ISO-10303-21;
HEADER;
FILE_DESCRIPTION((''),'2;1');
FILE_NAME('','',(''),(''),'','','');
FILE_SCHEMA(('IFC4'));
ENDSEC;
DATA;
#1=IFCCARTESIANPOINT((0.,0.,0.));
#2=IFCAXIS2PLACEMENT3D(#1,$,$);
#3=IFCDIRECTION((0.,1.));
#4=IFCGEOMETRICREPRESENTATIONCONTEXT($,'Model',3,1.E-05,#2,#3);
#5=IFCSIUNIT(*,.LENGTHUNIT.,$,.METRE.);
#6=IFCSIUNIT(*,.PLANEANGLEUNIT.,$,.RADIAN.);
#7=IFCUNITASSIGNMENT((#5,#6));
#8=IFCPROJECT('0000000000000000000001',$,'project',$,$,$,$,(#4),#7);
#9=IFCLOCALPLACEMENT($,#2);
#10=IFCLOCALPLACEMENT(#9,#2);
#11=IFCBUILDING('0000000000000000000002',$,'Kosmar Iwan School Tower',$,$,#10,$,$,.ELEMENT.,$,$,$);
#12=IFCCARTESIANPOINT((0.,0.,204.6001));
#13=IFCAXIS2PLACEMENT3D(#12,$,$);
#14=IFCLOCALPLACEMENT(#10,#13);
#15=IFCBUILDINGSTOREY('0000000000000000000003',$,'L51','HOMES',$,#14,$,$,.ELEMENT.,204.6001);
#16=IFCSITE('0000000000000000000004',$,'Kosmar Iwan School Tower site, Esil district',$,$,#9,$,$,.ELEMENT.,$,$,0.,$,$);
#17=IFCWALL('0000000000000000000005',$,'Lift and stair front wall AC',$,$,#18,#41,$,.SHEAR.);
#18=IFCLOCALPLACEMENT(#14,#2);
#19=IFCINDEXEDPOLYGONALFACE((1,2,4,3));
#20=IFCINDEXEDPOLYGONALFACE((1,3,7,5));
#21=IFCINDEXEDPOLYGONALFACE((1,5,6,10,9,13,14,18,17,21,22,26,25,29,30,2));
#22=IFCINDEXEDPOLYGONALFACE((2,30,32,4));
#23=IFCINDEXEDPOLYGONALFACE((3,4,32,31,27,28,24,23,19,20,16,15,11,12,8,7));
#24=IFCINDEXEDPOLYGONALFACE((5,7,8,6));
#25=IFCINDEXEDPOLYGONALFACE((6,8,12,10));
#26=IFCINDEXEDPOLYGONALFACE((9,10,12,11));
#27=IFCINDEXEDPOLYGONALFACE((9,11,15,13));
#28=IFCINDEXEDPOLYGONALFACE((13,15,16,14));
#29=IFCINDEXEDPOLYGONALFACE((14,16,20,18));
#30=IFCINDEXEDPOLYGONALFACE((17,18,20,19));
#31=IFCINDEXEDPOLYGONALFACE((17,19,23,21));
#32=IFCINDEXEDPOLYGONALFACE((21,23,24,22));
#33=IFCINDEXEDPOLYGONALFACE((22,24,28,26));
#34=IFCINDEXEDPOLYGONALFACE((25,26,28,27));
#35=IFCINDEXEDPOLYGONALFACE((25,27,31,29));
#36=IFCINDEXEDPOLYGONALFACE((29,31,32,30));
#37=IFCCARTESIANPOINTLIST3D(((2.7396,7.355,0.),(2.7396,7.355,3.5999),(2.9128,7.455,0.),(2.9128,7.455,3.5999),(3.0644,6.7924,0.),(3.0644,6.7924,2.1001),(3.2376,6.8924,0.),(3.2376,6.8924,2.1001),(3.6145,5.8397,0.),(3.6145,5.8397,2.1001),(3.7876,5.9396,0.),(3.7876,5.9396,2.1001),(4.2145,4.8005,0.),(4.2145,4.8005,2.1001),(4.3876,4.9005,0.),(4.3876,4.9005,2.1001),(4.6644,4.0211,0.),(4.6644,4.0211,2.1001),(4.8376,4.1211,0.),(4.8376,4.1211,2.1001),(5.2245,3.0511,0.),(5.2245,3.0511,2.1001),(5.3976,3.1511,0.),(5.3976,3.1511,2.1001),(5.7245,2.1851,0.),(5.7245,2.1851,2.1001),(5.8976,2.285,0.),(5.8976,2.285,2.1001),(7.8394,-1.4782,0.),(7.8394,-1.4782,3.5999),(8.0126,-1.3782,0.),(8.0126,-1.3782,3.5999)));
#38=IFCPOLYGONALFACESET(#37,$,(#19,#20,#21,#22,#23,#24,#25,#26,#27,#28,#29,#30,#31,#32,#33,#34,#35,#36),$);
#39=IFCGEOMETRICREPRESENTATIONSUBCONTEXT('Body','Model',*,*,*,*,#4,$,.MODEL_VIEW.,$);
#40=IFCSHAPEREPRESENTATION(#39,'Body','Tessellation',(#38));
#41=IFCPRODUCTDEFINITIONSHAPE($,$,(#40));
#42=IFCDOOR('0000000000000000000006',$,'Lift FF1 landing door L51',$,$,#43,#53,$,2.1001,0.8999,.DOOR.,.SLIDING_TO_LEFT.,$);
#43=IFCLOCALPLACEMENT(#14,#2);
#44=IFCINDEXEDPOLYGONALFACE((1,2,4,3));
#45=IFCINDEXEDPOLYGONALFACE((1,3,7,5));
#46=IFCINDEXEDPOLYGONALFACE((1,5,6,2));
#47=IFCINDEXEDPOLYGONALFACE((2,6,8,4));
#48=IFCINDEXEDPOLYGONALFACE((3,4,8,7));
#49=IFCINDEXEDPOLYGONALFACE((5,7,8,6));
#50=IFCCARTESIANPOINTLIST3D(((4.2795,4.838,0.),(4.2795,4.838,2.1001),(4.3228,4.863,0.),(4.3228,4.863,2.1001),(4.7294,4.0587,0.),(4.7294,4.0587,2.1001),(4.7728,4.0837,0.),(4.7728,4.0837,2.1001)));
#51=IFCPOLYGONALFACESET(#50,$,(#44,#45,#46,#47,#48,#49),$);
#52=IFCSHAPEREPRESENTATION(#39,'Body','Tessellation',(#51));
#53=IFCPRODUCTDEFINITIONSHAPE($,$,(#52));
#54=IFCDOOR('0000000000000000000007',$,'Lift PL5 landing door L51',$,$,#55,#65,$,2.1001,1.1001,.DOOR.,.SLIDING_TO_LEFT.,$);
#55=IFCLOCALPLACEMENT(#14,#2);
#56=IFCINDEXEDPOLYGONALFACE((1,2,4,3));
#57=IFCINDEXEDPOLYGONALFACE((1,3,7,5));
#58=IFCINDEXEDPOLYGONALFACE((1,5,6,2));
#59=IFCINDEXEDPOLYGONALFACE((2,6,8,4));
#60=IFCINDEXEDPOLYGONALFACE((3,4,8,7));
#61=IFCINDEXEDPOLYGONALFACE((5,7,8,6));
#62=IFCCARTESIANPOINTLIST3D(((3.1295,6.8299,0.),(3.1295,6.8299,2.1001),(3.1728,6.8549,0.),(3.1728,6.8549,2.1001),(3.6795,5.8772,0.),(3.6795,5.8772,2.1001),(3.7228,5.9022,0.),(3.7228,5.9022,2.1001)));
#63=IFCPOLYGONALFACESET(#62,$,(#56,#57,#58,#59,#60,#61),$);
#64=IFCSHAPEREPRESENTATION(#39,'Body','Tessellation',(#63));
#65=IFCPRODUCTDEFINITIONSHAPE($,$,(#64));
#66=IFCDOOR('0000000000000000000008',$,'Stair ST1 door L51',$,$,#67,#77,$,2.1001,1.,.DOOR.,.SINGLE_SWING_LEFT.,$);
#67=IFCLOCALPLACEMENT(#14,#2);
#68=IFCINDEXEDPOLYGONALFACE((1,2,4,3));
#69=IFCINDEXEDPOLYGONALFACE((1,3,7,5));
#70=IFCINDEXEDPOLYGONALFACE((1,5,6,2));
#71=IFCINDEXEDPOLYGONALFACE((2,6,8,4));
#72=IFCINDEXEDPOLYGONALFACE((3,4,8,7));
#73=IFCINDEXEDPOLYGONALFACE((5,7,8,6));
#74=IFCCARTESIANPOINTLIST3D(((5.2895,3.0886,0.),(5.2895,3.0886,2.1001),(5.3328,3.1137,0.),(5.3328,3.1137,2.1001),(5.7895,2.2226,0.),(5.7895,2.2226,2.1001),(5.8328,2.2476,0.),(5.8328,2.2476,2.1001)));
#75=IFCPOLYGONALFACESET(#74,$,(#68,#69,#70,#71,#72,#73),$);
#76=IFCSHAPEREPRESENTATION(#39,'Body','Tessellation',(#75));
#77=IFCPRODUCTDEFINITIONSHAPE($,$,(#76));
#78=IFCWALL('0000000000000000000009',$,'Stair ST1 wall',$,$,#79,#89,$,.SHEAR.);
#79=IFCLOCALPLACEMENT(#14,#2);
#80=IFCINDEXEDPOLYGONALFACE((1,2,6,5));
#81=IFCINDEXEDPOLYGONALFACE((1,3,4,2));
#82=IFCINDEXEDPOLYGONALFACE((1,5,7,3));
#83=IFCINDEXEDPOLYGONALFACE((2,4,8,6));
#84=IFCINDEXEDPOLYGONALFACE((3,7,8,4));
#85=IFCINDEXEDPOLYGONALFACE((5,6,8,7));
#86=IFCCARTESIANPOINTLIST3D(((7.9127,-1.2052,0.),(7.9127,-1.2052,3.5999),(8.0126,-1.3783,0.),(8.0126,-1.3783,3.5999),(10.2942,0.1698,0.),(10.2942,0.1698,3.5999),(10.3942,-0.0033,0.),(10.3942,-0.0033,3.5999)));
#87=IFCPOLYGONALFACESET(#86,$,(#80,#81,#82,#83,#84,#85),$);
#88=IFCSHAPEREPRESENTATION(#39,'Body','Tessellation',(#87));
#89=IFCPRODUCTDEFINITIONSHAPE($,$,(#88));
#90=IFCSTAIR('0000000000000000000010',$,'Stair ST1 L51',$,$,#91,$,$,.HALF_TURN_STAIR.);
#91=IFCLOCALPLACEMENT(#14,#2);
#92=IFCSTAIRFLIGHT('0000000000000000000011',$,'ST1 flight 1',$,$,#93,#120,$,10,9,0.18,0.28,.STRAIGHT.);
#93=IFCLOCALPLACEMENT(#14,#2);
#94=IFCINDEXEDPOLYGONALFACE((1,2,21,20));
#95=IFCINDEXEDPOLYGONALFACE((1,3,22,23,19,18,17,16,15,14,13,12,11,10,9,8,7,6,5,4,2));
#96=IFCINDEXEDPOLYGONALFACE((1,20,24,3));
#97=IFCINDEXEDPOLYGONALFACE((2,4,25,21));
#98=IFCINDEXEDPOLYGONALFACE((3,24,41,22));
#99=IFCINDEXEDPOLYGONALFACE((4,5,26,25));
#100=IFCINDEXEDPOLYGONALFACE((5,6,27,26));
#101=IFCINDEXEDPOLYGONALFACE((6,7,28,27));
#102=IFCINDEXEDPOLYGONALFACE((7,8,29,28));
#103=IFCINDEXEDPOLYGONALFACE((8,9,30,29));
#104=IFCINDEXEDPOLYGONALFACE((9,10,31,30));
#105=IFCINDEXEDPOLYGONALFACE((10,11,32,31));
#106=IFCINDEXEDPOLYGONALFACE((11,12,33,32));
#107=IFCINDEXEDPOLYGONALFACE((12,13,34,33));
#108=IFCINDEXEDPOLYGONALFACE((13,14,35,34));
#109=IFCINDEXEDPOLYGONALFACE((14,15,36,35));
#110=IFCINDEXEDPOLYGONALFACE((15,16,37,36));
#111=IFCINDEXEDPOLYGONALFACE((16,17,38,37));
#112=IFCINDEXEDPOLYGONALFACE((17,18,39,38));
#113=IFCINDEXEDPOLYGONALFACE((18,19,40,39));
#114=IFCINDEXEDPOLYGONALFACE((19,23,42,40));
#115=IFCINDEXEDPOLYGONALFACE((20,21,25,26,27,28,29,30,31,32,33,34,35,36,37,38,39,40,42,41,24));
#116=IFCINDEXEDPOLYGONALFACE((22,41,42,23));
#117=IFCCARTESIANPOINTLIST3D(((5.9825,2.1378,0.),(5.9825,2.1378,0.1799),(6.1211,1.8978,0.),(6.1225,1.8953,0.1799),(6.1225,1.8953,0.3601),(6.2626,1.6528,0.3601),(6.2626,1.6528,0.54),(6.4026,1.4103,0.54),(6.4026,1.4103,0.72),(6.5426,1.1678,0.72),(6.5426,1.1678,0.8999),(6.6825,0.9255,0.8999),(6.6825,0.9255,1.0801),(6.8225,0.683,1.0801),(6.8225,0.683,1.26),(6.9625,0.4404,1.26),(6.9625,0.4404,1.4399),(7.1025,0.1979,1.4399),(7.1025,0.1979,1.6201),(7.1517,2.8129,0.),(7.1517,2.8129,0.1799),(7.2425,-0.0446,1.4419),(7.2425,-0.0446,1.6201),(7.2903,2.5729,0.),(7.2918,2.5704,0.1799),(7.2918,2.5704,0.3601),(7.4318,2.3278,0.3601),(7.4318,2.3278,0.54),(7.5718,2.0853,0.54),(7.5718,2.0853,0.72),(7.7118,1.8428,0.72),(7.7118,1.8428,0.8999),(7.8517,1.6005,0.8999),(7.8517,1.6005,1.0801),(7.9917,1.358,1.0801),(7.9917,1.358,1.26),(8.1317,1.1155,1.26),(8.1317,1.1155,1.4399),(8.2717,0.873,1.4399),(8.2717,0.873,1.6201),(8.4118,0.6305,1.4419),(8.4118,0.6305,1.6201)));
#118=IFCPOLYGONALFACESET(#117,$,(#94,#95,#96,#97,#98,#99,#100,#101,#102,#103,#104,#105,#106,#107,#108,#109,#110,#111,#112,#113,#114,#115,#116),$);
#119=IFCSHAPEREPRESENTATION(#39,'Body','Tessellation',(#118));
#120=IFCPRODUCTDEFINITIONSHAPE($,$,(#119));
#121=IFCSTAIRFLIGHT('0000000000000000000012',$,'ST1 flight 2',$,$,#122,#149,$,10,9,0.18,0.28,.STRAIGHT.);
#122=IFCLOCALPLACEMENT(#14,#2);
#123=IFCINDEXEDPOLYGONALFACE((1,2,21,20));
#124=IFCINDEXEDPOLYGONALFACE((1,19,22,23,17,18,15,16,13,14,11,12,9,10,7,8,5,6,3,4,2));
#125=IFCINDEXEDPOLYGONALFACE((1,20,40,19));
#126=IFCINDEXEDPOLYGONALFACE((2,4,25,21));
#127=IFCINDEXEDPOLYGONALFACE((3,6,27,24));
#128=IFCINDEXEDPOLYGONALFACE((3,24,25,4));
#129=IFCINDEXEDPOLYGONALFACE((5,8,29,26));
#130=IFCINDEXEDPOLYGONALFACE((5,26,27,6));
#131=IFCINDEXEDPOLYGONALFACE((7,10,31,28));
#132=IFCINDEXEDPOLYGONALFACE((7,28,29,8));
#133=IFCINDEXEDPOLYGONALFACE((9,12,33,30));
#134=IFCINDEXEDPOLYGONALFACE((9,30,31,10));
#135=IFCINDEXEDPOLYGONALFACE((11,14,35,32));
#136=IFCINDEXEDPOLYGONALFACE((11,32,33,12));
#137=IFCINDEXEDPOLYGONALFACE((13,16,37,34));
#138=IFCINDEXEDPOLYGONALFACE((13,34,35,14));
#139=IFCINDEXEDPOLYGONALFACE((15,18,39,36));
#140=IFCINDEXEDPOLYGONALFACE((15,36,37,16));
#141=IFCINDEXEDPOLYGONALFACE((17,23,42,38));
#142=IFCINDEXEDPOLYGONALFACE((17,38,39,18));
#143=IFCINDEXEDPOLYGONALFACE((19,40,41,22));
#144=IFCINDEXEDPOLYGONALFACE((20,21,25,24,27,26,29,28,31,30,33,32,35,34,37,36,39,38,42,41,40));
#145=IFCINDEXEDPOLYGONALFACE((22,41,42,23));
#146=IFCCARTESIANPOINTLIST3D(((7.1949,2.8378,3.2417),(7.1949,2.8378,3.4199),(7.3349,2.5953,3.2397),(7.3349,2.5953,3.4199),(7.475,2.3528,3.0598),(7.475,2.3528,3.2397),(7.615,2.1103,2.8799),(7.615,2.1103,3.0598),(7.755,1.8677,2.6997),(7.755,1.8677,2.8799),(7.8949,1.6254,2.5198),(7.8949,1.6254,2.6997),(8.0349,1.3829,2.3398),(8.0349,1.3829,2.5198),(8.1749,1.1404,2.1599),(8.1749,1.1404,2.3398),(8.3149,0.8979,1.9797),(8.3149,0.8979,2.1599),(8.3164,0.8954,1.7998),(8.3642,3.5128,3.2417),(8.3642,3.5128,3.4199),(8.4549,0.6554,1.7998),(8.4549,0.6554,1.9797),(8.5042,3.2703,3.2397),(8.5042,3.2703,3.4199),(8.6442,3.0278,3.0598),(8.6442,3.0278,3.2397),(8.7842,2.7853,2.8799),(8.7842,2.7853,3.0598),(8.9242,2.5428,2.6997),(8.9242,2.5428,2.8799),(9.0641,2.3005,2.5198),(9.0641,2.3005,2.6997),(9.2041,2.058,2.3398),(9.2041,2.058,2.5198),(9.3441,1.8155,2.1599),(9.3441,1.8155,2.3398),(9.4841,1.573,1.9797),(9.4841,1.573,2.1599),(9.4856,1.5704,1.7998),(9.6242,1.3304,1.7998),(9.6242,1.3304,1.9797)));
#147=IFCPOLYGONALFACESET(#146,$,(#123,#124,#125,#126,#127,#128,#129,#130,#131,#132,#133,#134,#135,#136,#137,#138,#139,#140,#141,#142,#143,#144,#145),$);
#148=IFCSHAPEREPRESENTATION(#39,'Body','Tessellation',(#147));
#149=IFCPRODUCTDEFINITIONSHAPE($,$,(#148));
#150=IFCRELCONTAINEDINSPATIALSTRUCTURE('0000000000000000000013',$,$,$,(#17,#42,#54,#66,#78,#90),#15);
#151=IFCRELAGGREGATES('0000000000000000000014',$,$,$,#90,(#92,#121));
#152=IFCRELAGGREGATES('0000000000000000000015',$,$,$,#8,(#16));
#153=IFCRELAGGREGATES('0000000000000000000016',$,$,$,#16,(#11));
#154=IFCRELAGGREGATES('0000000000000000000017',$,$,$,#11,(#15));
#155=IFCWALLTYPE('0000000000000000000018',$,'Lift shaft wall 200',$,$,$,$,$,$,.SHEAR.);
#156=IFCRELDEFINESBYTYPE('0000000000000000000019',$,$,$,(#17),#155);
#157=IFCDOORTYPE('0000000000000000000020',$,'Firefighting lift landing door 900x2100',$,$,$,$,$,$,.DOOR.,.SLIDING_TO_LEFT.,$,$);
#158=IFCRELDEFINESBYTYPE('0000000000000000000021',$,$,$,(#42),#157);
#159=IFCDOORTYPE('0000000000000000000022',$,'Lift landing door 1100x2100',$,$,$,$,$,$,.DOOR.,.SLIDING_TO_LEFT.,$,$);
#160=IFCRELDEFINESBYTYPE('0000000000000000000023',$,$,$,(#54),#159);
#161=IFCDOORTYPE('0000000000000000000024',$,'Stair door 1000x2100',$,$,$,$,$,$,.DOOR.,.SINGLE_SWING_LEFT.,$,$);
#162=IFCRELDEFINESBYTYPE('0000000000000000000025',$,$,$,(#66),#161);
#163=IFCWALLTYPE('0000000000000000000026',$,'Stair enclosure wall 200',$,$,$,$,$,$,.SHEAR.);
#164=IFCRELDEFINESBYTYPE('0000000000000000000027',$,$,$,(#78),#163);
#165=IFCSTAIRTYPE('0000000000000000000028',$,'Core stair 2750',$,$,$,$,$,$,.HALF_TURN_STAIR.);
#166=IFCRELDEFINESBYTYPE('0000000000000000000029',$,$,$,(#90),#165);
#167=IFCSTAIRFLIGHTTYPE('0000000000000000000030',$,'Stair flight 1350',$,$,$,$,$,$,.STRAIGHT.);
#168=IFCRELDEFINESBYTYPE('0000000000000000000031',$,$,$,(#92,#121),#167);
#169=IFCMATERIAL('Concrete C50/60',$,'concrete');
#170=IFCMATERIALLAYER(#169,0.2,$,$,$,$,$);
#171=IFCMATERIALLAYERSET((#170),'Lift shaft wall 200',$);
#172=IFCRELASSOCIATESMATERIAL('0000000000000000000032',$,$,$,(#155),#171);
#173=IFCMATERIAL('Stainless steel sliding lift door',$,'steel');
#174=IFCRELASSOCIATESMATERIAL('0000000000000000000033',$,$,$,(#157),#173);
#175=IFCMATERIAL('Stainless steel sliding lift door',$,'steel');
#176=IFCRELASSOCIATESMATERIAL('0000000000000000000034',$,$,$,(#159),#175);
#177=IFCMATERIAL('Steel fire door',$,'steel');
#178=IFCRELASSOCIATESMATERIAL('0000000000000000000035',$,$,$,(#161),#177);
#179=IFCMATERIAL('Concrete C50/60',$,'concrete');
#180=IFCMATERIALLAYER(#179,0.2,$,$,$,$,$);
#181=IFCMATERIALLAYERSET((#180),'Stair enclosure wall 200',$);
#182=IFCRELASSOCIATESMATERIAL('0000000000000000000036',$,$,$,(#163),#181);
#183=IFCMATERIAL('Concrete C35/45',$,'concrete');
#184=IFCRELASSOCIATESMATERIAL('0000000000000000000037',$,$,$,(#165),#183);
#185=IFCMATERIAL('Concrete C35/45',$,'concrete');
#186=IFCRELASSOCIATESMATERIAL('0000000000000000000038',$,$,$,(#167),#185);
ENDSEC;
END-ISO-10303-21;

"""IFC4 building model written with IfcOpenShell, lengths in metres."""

from ifc_helpers import new_model, si_unit, direction, frame, frame_2d, origin, place, context, subcontext, project, spatial, polyline, rectangle, outline, extrude, material, layer, layer_set, type_object, element, fill, aggregate, save


model = new_model("IFC4")

# Units and contexts
model_context = context("Model", 3, precision=1e-05, world=origin(), true_north=direction((0.0, 1.0)))
body_context = subcontext(model_context, "Body", "Model", "MODEL_VIEW")
ifc_project = project(units=[si_unit("LENGTHUNIT", "METRE"), si_unit("PLANEANGLEUNIT", "RADIAN")], contexts=[model_context])

# Site, building, storey
site_placement = place(None, origin())
site = spatial("IfcSite", under=ifc_project, at=site_placement, Name="Kosmar Iwan School Tower site, Esil district", CompositionType="ELEMENT", RefElevation=0.0)
building_placement = place(site_placement, origin())
building = spatial("IfcBuilding", under=site, at=building_placement, Name="Kosmar Iwan School Tower", CompositionType="ELEMENT")
storey_placement = place(building_placement, frame((0.0, 0.0, 204.6001)))
storey = spatial("IfcBuildingStorey", under=building, at=storey_placement, Name="L51", Description="HOMES", CompositionType="ELEMENT", Elevation=204.6001)

# Wall, openings, doors
ifc_material_1 = material(Name="Concrete C50/60", Category="concrete")
ifc_layer_1 = layer(ifc_material_1, 0.2)
ifc_layer_set_1 = layer_set([ifc_layer_1], Name="Lift shaft wall 200")
wall_type_1 = type_object("IfcWallType", Name="Lift shaft wall 200", PredefinedType="SHEAR", material=ifc_layer_set_1)
wall_1_placement = place(storey_placement, frame((7.926, -1.4282, 0.0), z_axis=(0.0, 0.0, 1.0), x_axis=(-0.499998, 0.866027, 0.0)))
wall_1 = element("IfcWall", 1, at=wall_1_placement, inside=storey, type_object=wall_type_1, Name="Lift and stair front wall AC", PredefinedType="SHEAR", context=body_context, shape_type="SweptSolid", body=[
    extrude(rectangle(XDim=10.1997, YDim=0.2, at=frame_2d((5.0999, 0.0))), origin(), (0.0, 0.0, 1.0), 3.5999),
])
opening_1_placement = place(wall_1_placement, frame((6.3501, 0.0, 0.0)))
opening_1 = element("IfcOpeningElement", 2, at=opening_1_placement, cuts=wall_1, PredefinedType="OPENING", context=body_context, shape_type="SweptSolid", body=[
    extrude(rectangle(XDim=0.8999, YDim=2.1001, at=frame_2d((0.45, 1.05))), frame((0.0, 0.1121, 0.0), z_axis=(0.0, -1.0, 0.0), x_axis=(1.0, 0.0, 0.0)), (0.0, 0.0, 1.0), 0.2239),
])
opening_2_placement = place(wall_1_placement, frame((8.45, 0.0, 0.0)))
opening_2 = element("IfcOpeningElement", 3, at=opening_2_placement, cuts=wall_1, PredefinedType="OPENING", context=body_context, shape_type="SweptSolid", body=[
    extrude(rectangle(XDim=1.1001, YDim=2.1001, at=frame_2d((0.55, 1.05))), frame((0.0, 0.1121, 0.0), z_axis=(0.0, -1.0, 0.0), x_axis=(1.0, 0.0, 0.0)), (0.0, 0.0, 1.0), 0.2239),
])
opening_3_placement = place(wall_1_placement, frame((4.23, 0.0, 0.0)))
opening_3 = element("IfcOpeningElement", 4, at=opening_3_placement, cuts=wall_1, PredefinedType="OPENING", context=body_context, shape_type="SweptSolid", body=[
    extrude(rectangle(XDim=1.0, YDim=2.1001, at=frame_2d((0.5, 1.05))), frame((0.0, 0.1121, 0.0), z_axis=(0.0, -1.0, 0.0), x_axis=(1.0, 0.0, 0.0)), (0.0, 0.0, 1.0), 0.2239),
])
ifc_material_2 = material(Name="Stainless steel sliding lift door", Category="steel")
door_type_1 = type_object("IfcDoorType", Name="Firefighting lift landing door 900x2100", OperationType="SLIDING_TO_LEFT", PredefinedType="DOOR", material=ifc_material_2)
door_1_placement = place(opening_1_placement, origin())
door_1 = element("IfcDoor", 5, at=door_1_placement, inside=storey, type_object=door_type_1, Name="Lift FF1 landing door L51", OperationType="SLIDING_TO_LEFT", OverallHeight=2.1001, OverallWidth=0.8999, PredefinedType="DOOR", context=body_context, shape_type="SweptSolid", body=[
    extrude(rectangle(XDim=0.8999, YDim=2.1001, at=frame_2d((0.45, 1.05))), frame((0.0, 0.0249, 0.0), z_axis=(0.0, -1.0, 0.0), x_axis=(1.0, 0.0, 0.0)), (0.0, 0.0, 1.0), 0.05),
])
fill(opening_1, door_1)
ifc_material_3 = material(Name="Stainless steel sliding lift door", Category="steel")
door_type_2 = type_object("IfcDoorType", Name="Lift landing door 1100x2100", OperationType="SLIDING_TO_LEFT", PredefinedType="DOOR", material=ifc_material_3)
door_2_placement = place(opening_2_placement, origin())
door_2 = element("IfcDoor", 6, at=door_2_placement, inside=storey, type_object=door_type_2, Name="Lift PL5 landing door L51", OperationType="SLIDING_TO_LEFT", OverallHeight=2.1001, OverallWidth=1.1001, PredefinedType="DOOR", context=body_context, shape_type="SweptSolid", body=[
    extrude(rectangle(XDim=1.1001, YDim=2.1001, at=frame_2d((0.55, 1.05))), frame((0.0, 0.0249, 0.0), z_axis=(0.0, -1.0, 0.0), x_axis=(1.0, 0.0, 0.0)), (0.0, 0.0, 1.0), 0.05),
])
fill(opening_2, door_2)
ifc_material_4 = material(Name="Steel fire door", Category="steel")
door_type_3 = type_object("IfcDoorType", Name="Stair door 1000x2100", OperationType="SINGLE_SWING_LEFT", PredefinedType="DOOR", material=ifc_material_4)
door_3_placement = place(opening_3_placement, origin())
door_3 = element("IfcDoor", 7, at=door_3_placement, inside=storey, type_object=door_type_3, Name="Stair ST1 door L51", OperationType="SINGLE_SWING_LEFT", OverallHeight=2.1001, OverallWidth=1.0, PredefinedType="DOOR", context=body_context, shape_type="SweptSolid", body=[
    extrude(rectangle(XDim=1.0, YDim=2.1001, at=frame_2d((0.5, 1.05))), frame((0.0, 0.0249, 0.0), z_axis=(0.0, -1.0, 0.0), x_axis=(1.0, 0.0, 0.0)), (0.0, 0.0, 1.0), 0.05),
])
fill(opening_3, door_3)

# Wall
ifc_material_5 = material(Name="Concrete C50/60", Category="concrete")
ifc_layer_2 = layer(ifc_material_5, 0.2)
ifc_layer_set_2 = layer_set([ifc_layer_2], Name="Stair enclosure wall 200")
wall_type_2 = type_object("IfcWallType", Name="Stair enclosure wall 200", PredefinedType="SHEAR", material=ifc_layer_set_2)
wall_2_placement = place(storey_placement, frame((7.9626, -1.2917, 0.0), z_axis=(0.0, 0.0, 1.0), x_axis=(0.866027, 0.499997, 0.0)))
element("IfcWall", 8, at=wall_2_placement, inside=storey, type_object=wall_type_2, Name="Stair ST1 wall", PredefinedType="SHEAR", context=body_context, shape_type="SweptSolid", body=[
    extrude(rectangle(XDim=2.75, YDim=0.2, at=frame_2d((1.375, 0.0))), origin(), (0.0, 0.0, 1.0), 3.5999),
])

# Stair, stair flights
ifc_material_6 = material(Name="Concrete C35/45", Category="concrete")
stair_type = type_object("IfcStairType", Name="Core stair 2750", PredefinedType="HALF_TURN_STAIR", material=ifc_material_6)
stair_placement = place(storey_placement, origin())
stair = element("IfcStair", 9, at=stair_placement, inside=storey, type_object=stair_type, Name="Stair ST1 L51", PredefinedType="HALF_TURN_STAIR")
ifc_material_7 = material(Name="Concrete C35/45", Category="concrete")
stair_flight_type = type_object("IfcStairFlightType", Name="Stair flight 1350", PredefinedType="STRAIGHT", material=ifc_material_7)
stair_flight_1_placement = place(storey_placement, frame((6.5671, 2.4753, 0.0), z_axis=(0.0, 0.0, 1.0), x_axis=(0.5, -0.866025, 0.0)))
stair_flight_1 = element("IfcStairFlight", 10, at=stair_flight_1_placement, type_object=stair_flight_type, Name="ST1 flight 1", NumberOfRisers=10, NumberOfTreads=9, PredefinedType="STRAIGHT", RiserHeight=0.18, TreadLength=0.28, context=body_context, shape_type="SweptSolid", body=[
    extrude(outline(polyline([(0.0, 0.0), (0.0, 0.1799), (0.28, 0.1799), (0.28, 0.3601), (0.5601, 0.3601), (0.5601, 0.54), (0.8401, 0.54), (0.8401, 0.72), (1.1201, 0.72), (1.1201, 0.8999), (1.3999, 0.8999), (1.3999, 1.0801), (1.6799, 1.0801), (1.6799, 1.26), (1.96, 1.26), (1.96, 1.4399), (2.24, 1.4399), (2.24, 1.6201), (2.52, 1.6201), (2.52, 1.8), (2.52, 1.4419), (0.2771, 0.0), (0.0, 0.0)])), frame((0.0, 0.675, 0.0), z_axis=(0.0, -1.0, 0.0), x_axis=(1.0, 0.0, 0.0)), (0.0, 0.0, 1.0), 1.3501),
])
stair_flight_2_placement = place(storey_placement, frame((9.0396, 0.9929, 1.7998), z_axis=(0.0, 0.0, 1.0), x_axis=(-0.5, 0.866025, 0.0)))
stair_flight_2 = element("IfcStairFlight", 11, at=stair_flight_2_placement, type_object=stair_flight_type, Name="ST1 flight 2", NumberOfRisers=10, NumberOfTreads=9, PredefinedType="STRAIGHT", RiserHeight=0.18, TreadLength=0.28, context=body_context, shape_type="SweptSolid", body=[
    extrude(outline(polyline([(0.0, 0.0), (0.0, 0.1799), (0.28, 0.1799), (0.28, 0.3601), (0.5601, 0.3601), (0.5601, 0.54), (0.8401, 0.54), (0.8401, 0.72), (1.1201, 0.72), (1.1201, 0.8999), (1.3999, 0.8999), (1.3999, 1.0801), (1.6799, 1.0801), (1.6799, 1.26), (1.96, 1.26), (1.96, 1.4399), (2.24, 1.4399), (2.24, 1.6201), (2.52, 1.6201), (2.52, 1.8), (2.52, 1.4419), (0.2771, 0.0), (0.0, 0.0)])), frame((0.0, 0.675, 0.0), z_axis=(0.0, -1.0, 0.0), x_axis=(1.0, 0.0, 0.0)), (0.0, 0.0, 1.0), 1.3501),
])
aggregate(stair, [stair_flight_1, stair_flight_2])

save(model, "model.ifc")
